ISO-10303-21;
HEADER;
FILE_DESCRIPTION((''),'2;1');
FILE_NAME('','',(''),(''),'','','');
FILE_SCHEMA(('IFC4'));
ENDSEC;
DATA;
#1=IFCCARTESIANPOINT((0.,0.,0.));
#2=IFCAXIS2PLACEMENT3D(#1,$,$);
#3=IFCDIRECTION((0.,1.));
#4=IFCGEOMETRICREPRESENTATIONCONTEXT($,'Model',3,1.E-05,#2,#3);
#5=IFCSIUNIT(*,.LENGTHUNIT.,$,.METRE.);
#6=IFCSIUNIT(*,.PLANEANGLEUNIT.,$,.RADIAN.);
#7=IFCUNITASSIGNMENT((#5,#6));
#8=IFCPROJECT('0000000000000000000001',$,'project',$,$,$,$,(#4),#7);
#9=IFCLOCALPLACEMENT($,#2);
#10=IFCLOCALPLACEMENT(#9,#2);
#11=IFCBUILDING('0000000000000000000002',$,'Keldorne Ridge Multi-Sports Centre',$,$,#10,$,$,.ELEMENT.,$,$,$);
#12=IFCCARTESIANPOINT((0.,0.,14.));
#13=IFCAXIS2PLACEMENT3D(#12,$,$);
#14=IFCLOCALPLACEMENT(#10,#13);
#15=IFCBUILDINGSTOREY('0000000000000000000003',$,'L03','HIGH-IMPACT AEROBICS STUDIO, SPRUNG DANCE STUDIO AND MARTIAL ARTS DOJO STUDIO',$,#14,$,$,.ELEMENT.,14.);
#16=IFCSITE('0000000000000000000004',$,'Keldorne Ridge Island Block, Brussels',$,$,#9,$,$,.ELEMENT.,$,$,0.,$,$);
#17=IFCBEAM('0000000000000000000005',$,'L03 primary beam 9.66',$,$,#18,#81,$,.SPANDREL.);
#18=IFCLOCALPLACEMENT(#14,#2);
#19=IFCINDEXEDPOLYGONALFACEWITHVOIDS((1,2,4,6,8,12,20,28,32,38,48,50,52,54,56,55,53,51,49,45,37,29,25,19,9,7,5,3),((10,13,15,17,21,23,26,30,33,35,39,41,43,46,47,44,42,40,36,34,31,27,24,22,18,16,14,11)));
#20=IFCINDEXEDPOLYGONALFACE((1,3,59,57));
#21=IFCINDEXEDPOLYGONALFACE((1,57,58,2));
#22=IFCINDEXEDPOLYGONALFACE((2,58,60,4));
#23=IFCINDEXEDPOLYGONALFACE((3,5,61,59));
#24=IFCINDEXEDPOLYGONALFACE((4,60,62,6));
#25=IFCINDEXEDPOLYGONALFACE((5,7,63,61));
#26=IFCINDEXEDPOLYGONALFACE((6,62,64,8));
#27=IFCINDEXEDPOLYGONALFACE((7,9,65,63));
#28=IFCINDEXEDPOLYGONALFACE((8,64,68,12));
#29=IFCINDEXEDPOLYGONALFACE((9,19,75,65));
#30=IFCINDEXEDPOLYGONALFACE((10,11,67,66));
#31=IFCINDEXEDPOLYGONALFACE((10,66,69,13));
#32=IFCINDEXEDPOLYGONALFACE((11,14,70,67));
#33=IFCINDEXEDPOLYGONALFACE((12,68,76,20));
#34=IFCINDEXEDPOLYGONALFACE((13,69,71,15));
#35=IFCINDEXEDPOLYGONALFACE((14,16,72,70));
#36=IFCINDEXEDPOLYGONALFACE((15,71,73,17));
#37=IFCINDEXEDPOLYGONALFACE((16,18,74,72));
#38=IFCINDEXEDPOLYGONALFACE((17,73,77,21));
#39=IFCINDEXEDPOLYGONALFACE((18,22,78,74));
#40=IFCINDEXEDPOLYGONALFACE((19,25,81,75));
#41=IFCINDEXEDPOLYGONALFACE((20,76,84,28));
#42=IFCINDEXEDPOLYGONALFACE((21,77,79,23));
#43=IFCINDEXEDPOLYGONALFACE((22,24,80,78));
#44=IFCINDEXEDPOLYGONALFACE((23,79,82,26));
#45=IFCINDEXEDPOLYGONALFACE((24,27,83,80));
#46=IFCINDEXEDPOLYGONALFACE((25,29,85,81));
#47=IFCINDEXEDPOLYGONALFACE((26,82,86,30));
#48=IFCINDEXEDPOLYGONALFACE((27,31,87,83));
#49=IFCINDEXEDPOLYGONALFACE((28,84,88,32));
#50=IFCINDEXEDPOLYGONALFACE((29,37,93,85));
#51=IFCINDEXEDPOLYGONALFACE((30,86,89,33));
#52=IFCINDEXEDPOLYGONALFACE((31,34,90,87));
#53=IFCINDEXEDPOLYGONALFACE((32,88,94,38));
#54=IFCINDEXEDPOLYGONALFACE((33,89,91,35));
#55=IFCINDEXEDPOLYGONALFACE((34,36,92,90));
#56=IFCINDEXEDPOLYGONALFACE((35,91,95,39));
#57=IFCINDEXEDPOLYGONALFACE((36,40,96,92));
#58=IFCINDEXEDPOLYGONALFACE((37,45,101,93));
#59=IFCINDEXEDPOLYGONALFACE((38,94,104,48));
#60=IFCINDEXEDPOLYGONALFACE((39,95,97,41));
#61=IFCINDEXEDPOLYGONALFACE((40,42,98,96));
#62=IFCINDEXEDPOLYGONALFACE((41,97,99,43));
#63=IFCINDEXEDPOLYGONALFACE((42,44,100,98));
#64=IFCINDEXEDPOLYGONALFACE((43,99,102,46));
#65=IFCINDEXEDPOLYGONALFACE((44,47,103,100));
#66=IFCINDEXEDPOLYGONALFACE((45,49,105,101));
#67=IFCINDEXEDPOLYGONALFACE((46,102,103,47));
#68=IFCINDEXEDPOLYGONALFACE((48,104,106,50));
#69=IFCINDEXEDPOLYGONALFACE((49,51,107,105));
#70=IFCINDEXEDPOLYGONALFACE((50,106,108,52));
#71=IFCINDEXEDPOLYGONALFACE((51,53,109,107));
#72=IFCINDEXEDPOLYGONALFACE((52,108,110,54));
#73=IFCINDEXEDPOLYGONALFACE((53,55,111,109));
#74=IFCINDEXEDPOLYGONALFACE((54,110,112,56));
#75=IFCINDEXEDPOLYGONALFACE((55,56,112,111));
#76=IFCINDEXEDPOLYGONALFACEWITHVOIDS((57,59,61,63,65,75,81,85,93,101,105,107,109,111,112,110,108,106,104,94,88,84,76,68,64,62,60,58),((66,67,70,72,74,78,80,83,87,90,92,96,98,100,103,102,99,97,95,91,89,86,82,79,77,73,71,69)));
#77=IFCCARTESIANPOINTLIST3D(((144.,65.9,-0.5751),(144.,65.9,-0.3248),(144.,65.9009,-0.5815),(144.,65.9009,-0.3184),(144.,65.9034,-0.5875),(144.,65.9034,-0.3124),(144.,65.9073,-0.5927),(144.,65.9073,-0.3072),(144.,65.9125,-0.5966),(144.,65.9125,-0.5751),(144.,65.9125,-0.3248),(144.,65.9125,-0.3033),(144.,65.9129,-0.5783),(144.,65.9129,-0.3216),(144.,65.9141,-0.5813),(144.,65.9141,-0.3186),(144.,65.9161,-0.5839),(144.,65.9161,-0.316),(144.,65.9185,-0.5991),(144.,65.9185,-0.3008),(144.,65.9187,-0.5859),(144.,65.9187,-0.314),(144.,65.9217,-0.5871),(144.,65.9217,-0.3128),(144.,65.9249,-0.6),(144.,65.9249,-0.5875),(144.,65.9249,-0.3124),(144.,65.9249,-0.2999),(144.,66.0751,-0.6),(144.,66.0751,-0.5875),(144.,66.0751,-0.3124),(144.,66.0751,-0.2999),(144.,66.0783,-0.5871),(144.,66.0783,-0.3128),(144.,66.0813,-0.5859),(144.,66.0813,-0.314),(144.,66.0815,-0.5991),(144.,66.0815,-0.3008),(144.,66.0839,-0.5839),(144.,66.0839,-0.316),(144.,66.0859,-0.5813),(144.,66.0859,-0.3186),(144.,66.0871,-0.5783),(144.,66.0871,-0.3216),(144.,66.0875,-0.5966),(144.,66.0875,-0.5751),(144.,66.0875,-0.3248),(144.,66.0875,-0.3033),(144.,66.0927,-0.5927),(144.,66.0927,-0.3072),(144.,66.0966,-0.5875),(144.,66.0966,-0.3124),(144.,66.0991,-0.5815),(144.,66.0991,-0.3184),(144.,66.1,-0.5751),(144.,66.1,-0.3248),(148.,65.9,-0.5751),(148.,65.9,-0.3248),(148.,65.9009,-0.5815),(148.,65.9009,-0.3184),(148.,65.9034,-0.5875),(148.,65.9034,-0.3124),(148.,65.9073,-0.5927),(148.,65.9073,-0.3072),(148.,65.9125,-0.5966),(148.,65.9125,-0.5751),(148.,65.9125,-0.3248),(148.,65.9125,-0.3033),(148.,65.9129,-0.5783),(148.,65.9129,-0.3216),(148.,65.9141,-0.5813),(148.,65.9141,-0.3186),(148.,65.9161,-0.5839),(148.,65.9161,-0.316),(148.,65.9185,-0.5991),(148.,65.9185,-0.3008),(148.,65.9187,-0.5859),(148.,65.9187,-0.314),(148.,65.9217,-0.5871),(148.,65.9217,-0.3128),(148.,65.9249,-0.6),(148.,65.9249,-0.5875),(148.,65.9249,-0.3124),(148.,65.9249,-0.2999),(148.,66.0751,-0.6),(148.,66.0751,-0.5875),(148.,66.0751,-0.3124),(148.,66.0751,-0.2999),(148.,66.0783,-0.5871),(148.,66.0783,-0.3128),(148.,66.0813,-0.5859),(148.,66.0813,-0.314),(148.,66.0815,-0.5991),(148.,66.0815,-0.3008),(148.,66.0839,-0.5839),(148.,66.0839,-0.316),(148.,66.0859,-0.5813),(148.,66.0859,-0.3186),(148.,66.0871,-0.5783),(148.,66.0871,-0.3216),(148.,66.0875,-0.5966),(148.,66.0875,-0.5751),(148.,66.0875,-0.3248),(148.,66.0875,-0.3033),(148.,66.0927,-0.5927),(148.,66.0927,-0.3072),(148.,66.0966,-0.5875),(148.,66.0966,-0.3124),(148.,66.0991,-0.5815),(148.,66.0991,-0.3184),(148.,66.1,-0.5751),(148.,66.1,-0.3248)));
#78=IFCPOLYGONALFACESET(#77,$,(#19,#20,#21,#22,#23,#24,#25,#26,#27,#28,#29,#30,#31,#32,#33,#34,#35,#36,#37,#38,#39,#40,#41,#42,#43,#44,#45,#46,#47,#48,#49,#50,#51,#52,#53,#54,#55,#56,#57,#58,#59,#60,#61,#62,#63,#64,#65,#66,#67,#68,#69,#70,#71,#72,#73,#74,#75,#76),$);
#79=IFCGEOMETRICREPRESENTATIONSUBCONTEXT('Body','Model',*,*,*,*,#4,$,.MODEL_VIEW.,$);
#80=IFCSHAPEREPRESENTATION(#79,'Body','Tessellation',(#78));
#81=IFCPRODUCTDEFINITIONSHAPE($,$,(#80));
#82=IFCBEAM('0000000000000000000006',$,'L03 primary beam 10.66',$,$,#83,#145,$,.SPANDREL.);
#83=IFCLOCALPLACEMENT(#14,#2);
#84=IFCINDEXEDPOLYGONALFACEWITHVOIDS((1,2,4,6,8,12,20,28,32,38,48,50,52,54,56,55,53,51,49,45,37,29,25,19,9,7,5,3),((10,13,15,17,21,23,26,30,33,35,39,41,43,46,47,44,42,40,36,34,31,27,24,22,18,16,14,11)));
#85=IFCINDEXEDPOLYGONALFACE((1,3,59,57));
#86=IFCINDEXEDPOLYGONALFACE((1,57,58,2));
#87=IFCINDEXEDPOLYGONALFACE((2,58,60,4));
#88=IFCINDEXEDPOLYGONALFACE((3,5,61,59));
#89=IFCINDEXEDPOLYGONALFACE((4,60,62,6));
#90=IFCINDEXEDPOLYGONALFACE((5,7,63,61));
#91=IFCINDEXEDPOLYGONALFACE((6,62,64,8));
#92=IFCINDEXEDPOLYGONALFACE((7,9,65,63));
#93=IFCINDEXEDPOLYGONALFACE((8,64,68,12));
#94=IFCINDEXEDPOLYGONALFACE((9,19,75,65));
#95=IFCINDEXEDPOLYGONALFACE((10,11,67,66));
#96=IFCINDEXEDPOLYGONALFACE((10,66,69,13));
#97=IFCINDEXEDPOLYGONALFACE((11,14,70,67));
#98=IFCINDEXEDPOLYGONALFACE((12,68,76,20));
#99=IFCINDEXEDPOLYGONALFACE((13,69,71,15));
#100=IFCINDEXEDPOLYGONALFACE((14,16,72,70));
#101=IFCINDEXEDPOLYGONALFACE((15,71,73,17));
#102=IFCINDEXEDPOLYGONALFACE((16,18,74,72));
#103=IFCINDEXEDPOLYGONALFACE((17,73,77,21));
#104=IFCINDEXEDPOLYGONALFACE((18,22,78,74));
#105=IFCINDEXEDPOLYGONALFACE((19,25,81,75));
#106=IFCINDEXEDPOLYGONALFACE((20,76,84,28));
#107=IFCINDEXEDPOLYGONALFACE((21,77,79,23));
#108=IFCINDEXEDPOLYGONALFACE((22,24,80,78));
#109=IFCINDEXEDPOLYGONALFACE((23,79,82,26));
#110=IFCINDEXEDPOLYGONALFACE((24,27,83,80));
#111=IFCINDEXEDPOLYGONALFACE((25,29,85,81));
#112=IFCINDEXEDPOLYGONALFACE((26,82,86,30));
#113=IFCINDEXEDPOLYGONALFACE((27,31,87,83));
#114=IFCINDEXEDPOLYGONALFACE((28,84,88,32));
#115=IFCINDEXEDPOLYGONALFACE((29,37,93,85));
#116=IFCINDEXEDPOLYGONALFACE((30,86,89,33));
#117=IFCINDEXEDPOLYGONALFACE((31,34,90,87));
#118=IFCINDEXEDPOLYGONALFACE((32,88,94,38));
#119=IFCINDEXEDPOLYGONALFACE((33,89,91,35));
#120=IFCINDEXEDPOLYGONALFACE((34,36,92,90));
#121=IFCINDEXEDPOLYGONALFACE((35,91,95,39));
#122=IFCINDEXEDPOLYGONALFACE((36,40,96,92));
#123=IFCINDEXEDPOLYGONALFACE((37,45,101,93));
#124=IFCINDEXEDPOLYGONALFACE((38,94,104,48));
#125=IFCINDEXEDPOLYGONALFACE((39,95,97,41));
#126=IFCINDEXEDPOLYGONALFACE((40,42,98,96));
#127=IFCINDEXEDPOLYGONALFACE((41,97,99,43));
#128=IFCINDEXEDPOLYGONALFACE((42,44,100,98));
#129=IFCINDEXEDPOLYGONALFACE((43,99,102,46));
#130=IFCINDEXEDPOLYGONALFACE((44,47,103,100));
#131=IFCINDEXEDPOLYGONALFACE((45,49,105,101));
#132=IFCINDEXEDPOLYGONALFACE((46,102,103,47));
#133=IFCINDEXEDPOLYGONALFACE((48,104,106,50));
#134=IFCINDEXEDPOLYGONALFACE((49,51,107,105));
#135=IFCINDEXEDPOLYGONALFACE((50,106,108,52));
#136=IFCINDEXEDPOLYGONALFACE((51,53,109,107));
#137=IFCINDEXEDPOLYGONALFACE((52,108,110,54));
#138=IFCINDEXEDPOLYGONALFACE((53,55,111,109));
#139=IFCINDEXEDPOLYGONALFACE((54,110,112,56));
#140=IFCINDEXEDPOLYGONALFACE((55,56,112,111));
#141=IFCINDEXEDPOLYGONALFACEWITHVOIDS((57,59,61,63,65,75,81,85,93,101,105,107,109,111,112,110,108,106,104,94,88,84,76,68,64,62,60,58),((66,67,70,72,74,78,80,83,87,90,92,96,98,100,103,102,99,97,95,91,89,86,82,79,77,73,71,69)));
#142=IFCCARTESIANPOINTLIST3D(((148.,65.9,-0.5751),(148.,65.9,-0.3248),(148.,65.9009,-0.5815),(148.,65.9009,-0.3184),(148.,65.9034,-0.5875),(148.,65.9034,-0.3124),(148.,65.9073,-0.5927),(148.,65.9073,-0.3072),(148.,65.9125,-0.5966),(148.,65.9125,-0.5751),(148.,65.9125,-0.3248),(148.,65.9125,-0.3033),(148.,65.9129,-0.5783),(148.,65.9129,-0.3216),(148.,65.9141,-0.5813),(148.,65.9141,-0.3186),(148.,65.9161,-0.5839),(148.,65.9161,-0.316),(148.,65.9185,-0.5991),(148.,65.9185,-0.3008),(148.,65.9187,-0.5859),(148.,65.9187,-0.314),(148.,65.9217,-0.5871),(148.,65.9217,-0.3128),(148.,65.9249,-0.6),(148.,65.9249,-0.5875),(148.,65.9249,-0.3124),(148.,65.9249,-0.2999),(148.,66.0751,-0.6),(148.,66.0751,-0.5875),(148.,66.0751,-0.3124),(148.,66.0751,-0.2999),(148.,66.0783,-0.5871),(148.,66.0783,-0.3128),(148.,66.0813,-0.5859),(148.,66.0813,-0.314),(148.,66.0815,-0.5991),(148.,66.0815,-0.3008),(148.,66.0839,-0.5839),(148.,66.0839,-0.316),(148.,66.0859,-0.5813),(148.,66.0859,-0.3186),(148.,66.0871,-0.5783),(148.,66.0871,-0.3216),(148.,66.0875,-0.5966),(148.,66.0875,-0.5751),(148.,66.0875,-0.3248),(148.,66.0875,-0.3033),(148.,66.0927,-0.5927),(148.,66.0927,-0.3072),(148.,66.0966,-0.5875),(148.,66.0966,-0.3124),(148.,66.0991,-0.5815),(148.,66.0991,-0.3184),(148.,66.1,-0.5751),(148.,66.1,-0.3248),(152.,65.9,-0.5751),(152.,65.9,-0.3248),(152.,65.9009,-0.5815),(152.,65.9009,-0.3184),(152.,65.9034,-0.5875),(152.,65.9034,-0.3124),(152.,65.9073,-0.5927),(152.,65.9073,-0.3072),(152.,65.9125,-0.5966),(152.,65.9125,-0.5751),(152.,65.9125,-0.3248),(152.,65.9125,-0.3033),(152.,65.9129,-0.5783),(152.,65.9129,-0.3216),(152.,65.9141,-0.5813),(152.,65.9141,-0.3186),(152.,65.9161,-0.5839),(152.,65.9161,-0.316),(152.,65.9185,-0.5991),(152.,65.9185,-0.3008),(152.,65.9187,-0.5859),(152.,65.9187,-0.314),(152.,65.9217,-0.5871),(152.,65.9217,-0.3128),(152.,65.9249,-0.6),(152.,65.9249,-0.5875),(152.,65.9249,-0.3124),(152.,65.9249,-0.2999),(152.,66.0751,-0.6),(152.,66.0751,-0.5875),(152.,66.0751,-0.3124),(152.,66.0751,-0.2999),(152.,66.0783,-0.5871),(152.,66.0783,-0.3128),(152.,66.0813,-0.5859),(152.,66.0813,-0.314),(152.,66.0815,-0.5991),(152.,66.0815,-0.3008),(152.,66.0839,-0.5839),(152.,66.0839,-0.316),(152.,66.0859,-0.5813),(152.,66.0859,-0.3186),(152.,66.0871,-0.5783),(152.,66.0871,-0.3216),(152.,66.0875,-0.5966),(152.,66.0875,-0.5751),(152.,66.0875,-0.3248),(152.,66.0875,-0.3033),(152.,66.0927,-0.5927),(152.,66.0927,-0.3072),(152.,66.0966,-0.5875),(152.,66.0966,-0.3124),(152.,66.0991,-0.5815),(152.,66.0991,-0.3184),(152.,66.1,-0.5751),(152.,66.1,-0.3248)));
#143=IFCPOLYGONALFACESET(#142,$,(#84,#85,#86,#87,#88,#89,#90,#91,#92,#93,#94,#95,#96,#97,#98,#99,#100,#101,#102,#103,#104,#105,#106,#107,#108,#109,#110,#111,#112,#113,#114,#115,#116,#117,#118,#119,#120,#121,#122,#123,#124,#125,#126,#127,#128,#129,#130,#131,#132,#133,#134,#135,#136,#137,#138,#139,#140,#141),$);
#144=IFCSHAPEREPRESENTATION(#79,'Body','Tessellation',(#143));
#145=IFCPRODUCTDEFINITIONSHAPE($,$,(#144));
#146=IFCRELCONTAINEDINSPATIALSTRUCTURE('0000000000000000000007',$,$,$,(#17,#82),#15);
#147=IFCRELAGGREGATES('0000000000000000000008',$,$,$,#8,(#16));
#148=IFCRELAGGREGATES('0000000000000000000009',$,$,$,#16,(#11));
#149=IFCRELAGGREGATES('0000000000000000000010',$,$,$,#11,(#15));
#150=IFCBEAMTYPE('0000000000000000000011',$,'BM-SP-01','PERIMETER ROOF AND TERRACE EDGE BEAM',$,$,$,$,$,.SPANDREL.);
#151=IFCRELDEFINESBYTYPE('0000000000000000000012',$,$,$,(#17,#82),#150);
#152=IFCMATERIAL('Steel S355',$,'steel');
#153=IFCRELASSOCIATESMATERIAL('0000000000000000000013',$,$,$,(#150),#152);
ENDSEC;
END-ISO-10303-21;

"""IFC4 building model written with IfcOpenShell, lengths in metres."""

from ifc_helpers import new_model, si_unit, direction, frame, origin, origin_2d, place, context, subcontext, project, spatial, hollow_rectangle, extrude, material, material_profile, profile_set, type_object, element, save


model = new_model("IFC4")

# Units and contexts
model_context = context("Model", 3, precision=1e-05, world=origin(), true_north=direction((0.0, 1.0)))
body_context = subcontext(model_context, "Body", "Model", "MODEL_VIEW")
ifc_project = project(units=[si_unit("LENGTHUNIT", "METRE"), si_unit("PLANEANGLEUNIT", "RADIAN")], contexts=[model_context])

# Site, building, storey
site_placement = place(None, origin())
site = spatial("IfcSite", under=ifc_project, at=site_placement, Name="Keldorne Ridge Island Block, Brussels", CompositionType="ELEMENT", RefElevation=0.0)
building_placement = place(site_placement, origin())
building = spatial("IfcBuilding", under=site, at=building_placement, Name="Keldorne Ridge Multi-Sports Centre", CompositionType="ELEMENT")
storey_placement = place(building_placement, frame((0.0, 0.0, 14.0)))
storey = spatial("IfcBuildingStorey", under=building, at=storey_placement, Name="L03", Description="HIGH-IMPACT AEROBICS STUDIO, SPRUNG DANCE STUDIO AND MARTIAL ARTS DOJO STUDIO", CompositionType="ELEMENT", Elevation=14.0)

# Shared definitions
ifc_material_1 = material(Name="Steel S355", Category="steel")

# Beams
ifc_material_profile_1 = material_profile(ifc_material_1, hollow_rectangle(XDim=0.2, YDim=0.3, WallThickness=0.0125, InnerFilletRadius=0.0125, OuterFilletRadius=0.0249, at=origin_2d()), Name="RHS 300x200x12.5")
ifc_profile_set_1 = profile_set([ifc_material_profile_1], Name="Steel S355")
beam_type_1 = type_object("IfcBeamType", Name="BM-SP-01", Description="PERIMETER ROOF AND TERRACE EDGE BEAM", PredefinedType="SPANDREL", material=ifc_profile_set_1)
for number, where, z_axis, x_axis, name in (
    (1, (144.0, 66.0, -0.45), (1.0, 0.0, 0.0), (0.0, 1.0, 0.0), "L03 primary beam 9.66"),
    (2, (148.0, 66.0, -0.45), (1.0, 0.0, 0.0), (0.0, 1.0, 0.0), "L03 primary beam 10.66"),
):
    element("IfcBeam", number, at=place(storey_placement, frame(where, z_axis=z_axis, x_axis=x_axis)), inside=storey, type_object=beam_type_1, Name=name, PredefinedType="SPANDREL", context=body_context, shape_type="SweptSolid", body=[
        extrude(hollow_rectangle(XDim=0.2, YDim=0.3, WallThickness=0.0125, InnerFilletRadius=0.0125, OuterFilletRadius=0.0249, at=origin_2d()), origin(), (0.0, 0.0, 1.0), 4.0),
    ])

save(model, "model.ifc")
